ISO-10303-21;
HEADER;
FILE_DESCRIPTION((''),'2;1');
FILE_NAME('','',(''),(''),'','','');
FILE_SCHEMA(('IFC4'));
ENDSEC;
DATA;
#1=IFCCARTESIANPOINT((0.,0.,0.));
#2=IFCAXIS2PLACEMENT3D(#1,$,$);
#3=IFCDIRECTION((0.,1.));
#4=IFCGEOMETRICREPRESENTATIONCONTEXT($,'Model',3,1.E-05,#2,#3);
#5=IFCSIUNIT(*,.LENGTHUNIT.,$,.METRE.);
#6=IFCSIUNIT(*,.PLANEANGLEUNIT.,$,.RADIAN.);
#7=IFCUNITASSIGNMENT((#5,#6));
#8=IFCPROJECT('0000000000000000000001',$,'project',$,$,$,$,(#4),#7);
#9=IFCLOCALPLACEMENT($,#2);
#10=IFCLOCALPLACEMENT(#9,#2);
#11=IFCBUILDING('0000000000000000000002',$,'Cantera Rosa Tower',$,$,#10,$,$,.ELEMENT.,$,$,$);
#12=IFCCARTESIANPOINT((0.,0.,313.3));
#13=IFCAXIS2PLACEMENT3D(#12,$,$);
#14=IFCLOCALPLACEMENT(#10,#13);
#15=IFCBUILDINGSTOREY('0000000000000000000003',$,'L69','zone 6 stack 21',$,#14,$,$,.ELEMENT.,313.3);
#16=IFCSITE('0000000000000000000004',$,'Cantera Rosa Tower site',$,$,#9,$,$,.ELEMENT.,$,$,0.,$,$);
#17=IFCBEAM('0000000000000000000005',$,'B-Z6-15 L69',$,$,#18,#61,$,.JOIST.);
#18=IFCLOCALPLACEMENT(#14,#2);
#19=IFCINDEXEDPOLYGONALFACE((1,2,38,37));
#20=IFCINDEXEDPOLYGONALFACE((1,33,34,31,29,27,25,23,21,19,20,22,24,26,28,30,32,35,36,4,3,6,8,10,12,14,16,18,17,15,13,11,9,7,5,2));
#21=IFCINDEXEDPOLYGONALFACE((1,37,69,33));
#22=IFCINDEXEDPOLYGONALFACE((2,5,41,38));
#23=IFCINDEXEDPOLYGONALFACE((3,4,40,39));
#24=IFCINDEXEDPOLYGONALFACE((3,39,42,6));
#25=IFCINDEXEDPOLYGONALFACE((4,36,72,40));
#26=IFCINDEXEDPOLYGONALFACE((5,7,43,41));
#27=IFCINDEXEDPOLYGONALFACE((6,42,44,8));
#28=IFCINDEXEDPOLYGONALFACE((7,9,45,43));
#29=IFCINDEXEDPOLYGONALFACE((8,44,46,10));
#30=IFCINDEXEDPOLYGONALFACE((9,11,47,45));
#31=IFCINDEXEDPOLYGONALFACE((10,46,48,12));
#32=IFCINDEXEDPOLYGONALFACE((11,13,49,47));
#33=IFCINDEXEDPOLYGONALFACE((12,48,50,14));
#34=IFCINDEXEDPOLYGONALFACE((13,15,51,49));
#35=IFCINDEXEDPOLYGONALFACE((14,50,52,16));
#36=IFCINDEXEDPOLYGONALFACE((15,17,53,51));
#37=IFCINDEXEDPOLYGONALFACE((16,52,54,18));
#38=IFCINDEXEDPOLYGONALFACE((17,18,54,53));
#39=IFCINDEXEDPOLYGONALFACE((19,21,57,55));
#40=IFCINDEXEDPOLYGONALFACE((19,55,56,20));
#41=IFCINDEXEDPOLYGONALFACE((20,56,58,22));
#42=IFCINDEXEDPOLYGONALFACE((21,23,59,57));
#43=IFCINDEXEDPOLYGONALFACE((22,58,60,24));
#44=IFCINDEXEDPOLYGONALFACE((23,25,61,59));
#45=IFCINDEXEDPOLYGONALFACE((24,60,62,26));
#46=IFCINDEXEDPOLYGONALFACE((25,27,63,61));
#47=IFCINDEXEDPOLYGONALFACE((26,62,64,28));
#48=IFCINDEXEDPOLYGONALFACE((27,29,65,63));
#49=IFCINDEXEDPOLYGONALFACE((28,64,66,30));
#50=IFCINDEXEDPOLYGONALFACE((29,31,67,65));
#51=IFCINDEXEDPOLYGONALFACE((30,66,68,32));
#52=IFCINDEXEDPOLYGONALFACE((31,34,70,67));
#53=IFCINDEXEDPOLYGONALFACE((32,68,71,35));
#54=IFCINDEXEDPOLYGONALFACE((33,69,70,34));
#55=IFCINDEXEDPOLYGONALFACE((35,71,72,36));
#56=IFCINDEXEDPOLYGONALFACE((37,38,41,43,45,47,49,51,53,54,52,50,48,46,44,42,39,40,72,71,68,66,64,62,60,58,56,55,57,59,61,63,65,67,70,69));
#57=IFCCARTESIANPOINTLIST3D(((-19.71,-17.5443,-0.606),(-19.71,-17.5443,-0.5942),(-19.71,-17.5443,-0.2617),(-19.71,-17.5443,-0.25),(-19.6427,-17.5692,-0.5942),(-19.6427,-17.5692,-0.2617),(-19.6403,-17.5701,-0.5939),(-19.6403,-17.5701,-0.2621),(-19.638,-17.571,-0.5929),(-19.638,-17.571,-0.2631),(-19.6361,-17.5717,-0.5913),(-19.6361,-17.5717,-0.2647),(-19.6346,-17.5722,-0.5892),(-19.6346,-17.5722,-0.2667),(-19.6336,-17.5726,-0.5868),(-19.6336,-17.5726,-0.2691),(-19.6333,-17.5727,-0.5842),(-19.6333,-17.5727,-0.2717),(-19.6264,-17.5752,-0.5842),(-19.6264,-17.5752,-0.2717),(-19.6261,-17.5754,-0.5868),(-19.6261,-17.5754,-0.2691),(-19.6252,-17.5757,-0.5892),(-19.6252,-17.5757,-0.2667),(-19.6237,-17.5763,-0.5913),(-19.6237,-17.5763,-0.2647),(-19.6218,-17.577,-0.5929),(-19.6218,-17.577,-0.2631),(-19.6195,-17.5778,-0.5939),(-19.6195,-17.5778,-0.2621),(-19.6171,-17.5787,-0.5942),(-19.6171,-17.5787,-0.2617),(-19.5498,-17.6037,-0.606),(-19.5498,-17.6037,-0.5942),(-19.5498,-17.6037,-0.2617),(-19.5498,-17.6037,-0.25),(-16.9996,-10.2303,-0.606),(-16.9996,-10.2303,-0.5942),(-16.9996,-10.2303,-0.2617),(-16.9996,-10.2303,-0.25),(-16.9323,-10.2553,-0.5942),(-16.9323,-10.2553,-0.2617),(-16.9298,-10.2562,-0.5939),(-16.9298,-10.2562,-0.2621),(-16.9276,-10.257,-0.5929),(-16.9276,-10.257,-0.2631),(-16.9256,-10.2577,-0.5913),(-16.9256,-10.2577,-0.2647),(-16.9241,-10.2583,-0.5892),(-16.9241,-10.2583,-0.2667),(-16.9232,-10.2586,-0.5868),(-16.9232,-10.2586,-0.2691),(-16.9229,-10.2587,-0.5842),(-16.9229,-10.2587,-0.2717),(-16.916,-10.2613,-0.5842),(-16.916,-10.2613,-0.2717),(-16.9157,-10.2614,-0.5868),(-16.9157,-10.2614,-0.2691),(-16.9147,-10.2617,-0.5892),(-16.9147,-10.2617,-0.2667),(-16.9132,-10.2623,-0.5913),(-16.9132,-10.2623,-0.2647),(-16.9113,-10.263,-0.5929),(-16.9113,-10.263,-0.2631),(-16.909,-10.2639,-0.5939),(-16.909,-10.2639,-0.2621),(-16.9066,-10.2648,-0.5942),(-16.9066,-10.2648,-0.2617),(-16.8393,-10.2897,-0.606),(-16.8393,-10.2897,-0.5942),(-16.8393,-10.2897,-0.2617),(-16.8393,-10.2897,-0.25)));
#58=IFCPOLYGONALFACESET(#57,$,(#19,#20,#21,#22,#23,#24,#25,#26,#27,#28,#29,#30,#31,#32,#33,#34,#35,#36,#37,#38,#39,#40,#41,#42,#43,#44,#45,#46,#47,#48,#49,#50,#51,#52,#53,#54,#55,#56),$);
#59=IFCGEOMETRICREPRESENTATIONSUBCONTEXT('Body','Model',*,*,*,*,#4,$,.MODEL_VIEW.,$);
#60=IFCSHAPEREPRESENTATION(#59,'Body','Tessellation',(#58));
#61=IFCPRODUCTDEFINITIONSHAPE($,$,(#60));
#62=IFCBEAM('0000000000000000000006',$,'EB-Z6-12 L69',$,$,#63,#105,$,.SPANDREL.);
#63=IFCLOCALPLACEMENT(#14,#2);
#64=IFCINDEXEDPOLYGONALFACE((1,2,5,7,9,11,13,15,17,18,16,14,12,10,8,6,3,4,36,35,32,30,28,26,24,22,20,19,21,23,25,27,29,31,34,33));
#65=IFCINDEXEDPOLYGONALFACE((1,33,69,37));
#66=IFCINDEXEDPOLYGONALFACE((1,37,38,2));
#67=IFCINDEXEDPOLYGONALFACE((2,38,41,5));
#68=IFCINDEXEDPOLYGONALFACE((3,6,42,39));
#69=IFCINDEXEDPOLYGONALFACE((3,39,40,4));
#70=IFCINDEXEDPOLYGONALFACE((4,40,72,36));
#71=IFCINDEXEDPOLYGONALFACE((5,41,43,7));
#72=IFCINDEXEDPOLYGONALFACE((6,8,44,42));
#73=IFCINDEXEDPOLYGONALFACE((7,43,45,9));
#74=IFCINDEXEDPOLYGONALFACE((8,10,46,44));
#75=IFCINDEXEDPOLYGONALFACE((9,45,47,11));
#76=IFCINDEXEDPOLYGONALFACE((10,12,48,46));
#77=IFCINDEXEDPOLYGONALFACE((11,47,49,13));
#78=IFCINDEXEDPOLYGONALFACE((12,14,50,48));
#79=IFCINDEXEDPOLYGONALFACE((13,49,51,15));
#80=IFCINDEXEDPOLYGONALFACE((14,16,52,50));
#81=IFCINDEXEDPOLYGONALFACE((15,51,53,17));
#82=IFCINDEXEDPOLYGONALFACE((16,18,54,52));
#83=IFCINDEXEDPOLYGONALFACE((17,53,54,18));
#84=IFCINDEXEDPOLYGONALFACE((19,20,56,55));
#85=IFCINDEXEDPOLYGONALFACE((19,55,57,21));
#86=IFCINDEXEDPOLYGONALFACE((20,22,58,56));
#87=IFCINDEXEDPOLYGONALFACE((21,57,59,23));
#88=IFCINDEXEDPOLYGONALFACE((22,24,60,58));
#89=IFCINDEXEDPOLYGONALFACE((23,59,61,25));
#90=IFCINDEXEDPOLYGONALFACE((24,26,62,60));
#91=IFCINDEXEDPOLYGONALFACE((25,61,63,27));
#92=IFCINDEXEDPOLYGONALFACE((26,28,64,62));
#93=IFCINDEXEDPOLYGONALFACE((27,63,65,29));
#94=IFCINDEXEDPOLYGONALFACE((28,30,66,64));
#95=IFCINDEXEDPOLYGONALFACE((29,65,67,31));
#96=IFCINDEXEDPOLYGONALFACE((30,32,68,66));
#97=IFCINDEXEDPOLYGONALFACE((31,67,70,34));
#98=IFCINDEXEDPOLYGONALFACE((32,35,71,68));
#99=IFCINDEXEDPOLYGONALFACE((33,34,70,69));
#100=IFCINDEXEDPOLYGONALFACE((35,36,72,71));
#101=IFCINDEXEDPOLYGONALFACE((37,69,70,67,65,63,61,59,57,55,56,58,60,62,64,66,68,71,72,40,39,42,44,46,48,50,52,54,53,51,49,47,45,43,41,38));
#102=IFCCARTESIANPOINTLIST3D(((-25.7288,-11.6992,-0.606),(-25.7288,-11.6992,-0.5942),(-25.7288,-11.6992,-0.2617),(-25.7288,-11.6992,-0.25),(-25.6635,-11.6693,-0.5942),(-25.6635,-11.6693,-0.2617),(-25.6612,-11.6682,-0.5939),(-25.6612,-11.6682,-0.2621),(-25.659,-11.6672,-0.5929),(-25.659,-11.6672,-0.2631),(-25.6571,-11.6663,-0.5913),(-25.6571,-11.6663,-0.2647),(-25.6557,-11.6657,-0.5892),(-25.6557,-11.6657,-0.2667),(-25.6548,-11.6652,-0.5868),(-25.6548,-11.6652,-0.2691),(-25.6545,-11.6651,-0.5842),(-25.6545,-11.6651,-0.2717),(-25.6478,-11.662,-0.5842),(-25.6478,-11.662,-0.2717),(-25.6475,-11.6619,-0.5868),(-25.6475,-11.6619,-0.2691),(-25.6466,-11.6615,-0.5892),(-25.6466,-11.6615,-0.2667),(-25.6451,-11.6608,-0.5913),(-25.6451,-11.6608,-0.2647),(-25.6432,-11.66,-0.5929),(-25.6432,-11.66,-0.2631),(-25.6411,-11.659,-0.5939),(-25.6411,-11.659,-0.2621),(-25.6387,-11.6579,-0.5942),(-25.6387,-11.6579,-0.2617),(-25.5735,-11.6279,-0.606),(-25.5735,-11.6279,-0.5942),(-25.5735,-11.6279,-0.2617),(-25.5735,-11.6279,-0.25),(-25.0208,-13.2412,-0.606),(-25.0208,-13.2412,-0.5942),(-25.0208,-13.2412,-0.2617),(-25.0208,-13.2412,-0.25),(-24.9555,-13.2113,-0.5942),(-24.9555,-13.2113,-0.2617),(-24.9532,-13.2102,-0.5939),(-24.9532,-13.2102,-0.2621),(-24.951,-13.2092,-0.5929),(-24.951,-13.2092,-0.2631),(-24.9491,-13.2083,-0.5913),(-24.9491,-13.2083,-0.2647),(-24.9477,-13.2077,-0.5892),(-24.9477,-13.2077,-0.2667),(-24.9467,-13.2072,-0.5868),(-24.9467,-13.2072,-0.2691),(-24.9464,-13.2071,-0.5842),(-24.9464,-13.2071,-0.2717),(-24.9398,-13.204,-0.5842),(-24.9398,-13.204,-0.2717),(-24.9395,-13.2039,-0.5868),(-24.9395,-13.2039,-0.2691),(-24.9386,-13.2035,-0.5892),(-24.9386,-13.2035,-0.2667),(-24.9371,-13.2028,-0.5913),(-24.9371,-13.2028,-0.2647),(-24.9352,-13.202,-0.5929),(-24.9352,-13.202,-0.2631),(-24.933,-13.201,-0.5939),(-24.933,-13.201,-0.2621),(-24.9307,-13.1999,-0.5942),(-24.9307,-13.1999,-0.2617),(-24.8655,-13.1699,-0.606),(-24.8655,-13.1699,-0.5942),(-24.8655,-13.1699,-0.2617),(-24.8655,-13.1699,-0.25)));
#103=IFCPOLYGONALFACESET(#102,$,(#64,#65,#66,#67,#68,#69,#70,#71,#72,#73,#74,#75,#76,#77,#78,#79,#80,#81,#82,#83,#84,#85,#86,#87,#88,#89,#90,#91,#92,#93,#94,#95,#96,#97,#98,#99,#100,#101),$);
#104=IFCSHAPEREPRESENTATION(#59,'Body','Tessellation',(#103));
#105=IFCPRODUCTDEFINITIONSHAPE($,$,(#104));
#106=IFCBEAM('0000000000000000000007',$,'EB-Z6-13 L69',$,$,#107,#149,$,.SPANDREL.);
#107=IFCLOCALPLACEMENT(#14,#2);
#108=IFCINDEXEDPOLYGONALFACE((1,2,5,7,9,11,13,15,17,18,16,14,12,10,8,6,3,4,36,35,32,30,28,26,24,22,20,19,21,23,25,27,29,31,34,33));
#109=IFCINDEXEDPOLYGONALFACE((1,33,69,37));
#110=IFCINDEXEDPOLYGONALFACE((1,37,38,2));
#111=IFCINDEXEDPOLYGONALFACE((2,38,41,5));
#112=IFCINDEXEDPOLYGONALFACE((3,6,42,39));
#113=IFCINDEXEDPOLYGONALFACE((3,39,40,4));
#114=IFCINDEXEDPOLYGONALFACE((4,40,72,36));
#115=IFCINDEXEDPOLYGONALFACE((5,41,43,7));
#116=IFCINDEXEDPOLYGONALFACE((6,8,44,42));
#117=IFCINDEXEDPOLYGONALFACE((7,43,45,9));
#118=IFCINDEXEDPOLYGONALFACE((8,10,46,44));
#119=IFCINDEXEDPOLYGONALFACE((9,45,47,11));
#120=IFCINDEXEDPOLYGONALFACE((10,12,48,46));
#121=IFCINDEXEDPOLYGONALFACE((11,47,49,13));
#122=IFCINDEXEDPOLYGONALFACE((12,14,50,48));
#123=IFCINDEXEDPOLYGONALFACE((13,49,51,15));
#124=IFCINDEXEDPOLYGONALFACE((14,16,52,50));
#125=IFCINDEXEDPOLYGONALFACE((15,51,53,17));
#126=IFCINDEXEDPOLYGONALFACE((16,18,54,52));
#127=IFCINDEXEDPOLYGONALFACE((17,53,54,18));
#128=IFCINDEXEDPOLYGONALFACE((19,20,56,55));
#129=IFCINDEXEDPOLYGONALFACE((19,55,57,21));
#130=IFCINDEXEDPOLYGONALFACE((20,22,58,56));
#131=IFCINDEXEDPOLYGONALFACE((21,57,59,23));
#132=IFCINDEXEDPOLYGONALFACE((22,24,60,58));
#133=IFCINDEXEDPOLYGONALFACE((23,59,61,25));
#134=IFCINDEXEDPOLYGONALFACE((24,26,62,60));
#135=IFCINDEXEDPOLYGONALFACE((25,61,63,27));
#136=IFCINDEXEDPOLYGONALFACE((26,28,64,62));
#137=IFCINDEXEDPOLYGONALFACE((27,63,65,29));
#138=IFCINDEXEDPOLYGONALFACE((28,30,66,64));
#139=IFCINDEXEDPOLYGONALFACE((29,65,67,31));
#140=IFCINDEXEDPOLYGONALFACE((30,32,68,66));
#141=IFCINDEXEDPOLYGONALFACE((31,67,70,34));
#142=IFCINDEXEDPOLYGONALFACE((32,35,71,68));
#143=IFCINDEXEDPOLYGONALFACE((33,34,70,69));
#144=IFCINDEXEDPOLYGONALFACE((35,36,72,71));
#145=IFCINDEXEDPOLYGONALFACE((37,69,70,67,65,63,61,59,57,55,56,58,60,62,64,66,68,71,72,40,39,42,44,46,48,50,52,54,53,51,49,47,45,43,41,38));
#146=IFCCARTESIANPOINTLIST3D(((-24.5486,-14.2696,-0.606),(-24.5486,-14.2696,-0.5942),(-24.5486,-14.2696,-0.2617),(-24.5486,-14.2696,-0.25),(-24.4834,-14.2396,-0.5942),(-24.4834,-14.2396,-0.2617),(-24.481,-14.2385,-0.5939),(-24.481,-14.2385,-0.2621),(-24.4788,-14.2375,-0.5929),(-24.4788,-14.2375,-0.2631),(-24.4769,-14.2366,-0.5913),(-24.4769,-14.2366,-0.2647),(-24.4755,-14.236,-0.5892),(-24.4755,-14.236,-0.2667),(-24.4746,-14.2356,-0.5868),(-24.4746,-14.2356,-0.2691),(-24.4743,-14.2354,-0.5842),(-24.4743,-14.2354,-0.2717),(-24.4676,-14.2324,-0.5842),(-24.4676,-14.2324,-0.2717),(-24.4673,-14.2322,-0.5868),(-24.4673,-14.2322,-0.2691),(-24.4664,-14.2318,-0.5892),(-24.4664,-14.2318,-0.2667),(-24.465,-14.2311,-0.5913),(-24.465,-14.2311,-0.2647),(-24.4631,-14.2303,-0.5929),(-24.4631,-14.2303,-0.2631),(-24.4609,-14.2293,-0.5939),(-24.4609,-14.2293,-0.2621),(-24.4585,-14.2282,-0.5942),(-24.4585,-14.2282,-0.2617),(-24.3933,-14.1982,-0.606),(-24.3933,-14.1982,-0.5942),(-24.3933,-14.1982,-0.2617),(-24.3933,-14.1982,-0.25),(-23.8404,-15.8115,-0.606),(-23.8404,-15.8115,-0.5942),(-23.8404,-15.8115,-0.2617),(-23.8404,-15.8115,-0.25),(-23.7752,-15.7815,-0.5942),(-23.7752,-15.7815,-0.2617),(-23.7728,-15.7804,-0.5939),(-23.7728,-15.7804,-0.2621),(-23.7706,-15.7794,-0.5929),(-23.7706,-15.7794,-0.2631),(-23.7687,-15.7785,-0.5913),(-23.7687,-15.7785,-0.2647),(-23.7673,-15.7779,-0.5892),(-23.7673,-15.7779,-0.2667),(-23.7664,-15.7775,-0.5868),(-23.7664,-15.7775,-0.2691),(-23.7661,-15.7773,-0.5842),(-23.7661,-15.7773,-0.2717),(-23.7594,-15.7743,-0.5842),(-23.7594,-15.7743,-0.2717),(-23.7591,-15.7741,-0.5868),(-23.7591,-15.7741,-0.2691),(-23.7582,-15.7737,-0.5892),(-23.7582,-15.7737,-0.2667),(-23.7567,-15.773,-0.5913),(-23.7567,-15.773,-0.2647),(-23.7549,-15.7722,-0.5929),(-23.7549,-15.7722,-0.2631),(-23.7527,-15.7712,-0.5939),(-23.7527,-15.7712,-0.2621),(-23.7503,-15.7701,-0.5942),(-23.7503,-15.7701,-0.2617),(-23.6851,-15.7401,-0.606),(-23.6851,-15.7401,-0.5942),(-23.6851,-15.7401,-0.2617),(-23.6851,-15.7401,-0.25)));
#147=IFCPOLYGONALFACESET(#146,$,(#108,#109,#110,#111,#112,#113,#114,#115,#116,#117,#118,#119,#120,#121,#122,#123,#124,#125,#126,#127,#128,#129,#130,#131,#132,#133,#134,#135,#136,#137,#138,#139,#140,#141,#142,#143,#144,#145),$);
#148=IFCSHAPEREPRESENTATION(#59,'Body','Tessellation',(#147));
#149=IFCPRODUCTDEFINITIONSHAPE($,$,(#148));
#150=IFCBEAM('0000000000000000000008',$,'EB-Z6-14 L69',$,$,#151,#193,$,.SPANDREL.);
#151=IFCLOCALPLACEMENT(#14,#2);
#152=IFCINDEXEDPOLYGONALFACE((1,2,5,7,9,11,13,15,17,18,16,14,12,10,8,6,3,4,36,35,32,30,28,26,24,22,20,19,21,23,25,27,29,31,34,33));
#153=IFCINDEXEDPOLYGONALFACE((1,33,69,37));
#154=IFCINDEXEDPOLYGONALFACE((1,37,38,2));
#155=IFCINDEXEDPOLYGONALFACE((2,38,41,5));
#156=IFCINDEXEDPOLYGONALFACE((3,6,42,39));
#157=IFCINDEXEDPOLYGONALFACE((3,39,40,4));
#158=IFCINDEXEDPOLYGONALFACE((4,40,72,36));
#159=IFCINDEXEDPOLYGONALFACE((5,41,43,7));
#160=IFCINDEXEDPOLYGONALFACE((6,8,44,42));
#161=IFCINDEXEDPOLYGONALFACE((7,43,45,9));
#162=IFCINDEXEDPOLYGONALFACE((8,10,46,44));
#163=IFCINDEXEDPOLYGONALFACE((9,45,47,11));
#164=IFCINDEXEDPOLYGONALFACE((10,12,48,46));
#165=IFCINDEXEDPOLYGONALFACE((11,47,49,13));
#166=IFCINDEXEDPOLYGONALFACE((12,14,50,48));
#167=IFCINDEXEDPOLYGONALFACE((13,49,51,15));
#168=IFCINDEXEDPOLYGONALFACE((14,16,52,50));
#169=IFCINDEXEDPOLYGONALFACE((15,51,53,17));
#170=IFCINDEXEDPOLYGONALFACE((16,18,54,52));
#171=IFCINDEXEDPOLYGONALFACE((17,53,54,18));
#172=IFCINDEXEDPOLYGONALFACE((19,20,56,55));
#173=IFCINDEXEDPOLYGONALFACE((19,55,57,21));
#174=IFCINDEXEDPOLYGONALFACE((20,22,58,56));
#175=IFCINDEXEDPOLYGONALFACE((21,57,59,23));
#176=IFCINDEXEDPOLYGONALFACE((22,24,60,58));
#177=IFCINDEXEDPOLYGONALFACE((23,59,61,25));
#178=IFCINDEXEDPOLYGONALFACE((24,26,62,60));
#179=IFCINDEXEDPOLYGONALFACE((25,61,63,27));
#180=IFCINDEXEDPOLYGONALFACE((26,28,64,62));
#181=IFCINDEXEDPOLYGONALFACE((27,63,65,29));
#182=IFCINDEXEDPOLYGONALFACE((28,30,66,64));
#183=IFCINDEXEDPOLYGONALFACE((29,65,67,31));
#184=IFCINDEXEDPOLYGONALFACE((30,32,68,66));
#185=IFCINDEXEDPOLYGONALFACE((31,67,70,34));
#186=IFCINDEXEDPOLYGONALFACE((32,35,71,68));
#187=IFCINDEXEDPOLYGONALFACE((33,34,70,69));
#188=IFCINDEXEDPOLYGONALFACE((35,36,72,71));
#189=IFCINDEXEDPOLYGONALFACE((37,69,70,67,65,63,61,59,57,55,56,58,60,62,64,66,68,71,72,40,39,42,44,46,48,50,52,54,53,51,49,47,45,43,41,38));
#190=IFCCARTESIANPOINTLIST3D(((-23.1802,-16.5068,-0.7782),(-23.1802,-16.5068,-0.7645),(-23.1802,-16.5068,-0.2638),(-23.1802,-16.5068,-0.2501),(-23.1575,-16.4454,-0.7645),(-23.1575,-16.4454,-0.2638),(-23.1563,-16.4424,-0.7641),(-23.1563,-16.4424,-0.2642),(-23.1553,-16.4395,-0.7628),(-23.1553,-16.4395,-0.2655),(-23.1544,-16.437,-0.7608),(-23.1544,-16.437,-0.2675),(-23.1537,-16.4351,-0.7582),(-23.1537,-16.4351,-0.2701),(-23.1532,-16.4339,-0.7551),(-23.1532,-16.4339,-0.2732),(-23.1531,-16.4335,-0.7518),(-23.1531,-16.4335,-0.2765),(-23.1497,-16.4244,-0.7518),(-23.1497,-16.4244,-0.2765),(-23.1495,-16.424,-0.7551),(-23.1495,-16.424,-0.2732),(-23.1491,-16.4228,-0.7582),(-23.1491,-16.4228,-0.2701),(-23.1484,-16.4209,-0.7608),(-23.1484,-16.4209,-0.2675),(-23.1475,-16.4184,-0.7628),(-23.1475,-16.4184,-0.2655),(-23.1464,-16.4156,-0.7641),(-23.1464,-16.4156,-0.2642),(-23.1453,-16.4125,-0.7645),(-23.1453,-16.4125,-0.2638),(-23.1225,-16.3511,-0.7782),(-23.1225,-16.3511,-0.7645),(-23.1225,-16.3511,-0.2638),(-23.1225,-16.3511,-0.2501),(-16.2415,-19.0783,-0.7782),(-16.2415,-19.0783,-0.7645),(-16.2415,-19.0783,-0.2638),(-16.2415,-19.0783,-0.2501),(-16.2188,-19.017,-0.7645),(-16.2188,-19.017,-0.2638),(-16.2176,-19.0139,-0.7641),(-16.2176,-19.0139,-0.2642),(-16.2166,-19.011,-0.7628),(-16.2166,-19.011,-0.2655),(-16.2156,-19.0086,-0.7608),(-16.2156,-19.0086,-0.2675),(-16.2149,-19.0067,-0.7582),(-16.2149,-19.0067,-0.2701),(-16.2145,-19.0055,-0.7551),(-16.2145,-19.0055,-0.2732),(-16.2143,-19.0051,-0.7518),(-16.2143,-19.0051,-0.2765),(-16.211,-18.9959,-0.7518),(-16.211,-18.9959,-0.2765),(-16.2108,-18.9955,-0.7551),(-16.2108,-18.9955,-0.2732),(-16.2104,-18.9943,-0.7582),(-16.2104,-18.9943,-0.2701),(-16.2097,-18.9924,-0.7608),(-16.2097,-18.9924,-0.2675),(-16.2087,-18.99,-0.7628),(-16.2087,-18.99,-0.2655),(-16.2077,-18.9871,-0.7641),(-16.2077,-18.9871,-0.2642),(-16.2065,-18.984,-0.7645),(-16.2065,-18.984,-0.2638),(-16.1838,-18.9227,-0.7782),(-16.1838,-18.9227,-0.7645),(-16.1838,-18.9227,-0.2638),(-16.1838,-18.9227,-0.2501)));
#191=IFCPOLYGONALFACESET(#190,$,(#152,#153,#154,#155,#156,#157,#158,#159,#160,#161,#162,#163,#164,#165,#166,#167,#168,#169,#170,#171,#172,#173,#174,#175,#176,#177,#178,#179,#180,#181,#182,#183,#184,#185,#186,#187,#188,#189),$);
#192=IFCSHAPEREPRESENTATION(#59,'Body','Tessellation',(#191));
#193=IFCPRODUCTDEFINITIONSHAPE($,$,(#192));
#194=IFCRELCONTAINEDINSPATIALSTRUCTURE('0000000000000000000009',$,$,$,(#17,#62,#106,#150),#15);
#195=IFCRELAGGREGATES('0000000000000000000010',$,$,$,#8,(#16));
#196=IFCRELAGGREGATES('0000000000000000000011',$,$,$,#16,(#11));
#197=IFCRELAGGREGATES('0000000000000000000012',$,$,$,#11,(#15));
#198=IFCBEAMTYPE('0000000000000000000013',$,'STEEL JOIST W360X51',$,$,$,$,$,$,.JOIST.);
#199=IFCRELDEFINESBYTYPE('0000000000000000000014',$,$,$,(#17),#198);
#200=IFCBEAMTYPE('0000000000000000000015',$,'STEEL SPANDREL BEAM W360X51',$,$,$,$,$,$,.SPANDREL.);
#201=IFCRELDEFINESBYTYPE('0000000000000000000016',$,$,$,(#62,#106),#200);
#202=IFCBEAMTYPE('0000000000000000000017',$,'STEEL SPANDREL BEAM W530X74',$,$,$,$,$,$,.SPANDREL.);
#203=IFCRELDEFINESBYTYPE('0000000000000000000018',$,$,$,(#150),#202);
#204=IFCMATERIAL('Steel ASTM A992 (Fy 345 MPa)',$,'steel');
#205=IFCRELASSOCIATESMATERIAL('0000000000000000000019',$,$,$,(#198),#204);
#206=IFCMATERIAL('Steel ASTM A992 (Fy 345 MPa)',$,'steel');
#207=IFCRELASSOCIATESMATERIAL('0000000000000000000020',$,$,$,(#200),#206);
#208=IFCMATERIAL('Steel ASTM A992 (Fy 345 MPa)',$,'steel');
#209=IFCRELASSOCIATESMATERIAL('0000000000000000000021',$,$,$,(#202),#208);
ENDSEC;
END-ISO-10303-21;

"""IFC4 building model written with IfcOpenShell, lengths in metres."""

from ifc_helpers import new_model, si_unit, direction, frame, origin, origin_2d, place, context, subcontext, project, spatial, i_section, extrude, material, material_profile, profile_set, type_object, element, save


model = new_model("IFC4")

# Units and contexts
model_context = context("Model", 3, precision=1e-05, world=origin(), true_north=direction((0.0, 1.0)))
body_context = subcontext(model_context, "Body", "Model", "MODEL_VIEW")
ifc_project = project(units=[si_unit("LENGTHUNIT", "METRE"), si_unit("PLANEANGLEUNIT", "RADIAN")], contexts=[model_context])

# Site, building, storey
site_placement = place(None, origin())
site = spatial("IfcSite", under=ifc_project, at=site_placement, Name="Cantera Rosa Tower site", CompositionType="ELEMENT", RefElevation=0.0)
building_placement = place(site_placement, origin())
building = spatial("IfcBuilding", under=site, at=building_placement, Name="Cantera Rosa Tower", CompositionType="ELEMENT")
storey_placement = place(building_placement, frame((0.0, 0.0, 313.3)))
storey = spatial("IfcBuildingStorey", under=building, at=storey_placement, Name="L69", Description="zone 6 stack 21", CompositionType="ELEMENT", Elevation=313.3)

# Beams
ifc_material_1 = material(Name="Steel ASTM A992 (Fy 345 MPa)", Category="steel")
ifc_material_profile_1 = material_profile(ifc_material_1, i_section(OverallWidth=0.1709, OverallDepth=0.356, WebThickness=0.0073, FlangeThickness=0.0117, FilletRadius=0.01, at=origin_2d()), Name="W360X51")
ifc_profile_set_1 = profile_set([ifc_material_profile_1], Name="Steel ASTM A992 (Fy 345 MPa)")
beam_type_1 = type_object("IfcBeamType", Name="STEEL JOIST W360X51", PredefinedType="JOIST", material=ifc_profile_set_1)
beam_1_placement = place(storey_placement, frame((-19.6299, -17.574, -0.428), z_axis=(0.347492, 0.937683, 0.0), x_axis=(-0.937683, 0.347492, 0.0)))
element("IfcBeam", 1, at=beam_1_placement, inside=storey, type_object=beam_type_1, Name="B-Z6-15 L69", PredefinedType="JOIST", context=body_context, shape_type="SweptSolid", body=[
    extrude(i_section(OverallWidth=0.1709, OverallDepth=0.356, WebThickness=0.0073, FlangeThickness=0.0117, FilletRadius=0.01, at=origin_2d()), origin(), (0.0, 0.0, 1.0), 7.8),
])
ifc_material_2 = material(Name="Steel ASTM A992 (Fy 345 MPa)", Category="steel")
ifc_material_profile_2 = material_profile(ifc_material_2, i_section(OverallWidth=0.1709, OverallDepth=0.356, WebThickness=0.0073, FlangeThickness=0.0117, FilletRadius=0.01, at=origin_2d()), Name="W360X51")
ifc_profile_set_2 = profile_set([ifc_material_profile_2], Name="Steel ASTM A992 (Fy 345 MPa)")
beam_type_2 = type_object("IfcBeamType", Name="STEEL SPANDREL BEAM W360X51", PredefinedType="SPANDREL", material=ifc_profile_set_2)
for number, where, z_axis, x_axis, name in (
    (2, (-25.6511, -11.6636, -0.428), (0.417269, -0.908783, 0.0), (0.908783, 0.417269, 0.0), "EB-Z6-12 L69"),
    (3, (-24.4709, -14.2339, -0.428), (0.417388, -0.908728, 0.0), (0.908728, 0.417388, 0.0), "EB-Z6-13 L69"),
):
    element("IfcBeam", number, at=place(storey_placement, frame(where, z_axis=z_axis, x_axis=x_axis)), inside=storey, type_object=beam_type_2, Name=name, PredefinedType="SPANDREL", context=body_context, shape_type="SweptSolid", body=[
        extrude(i_section(OverallWidth=0.1709, OverallDepth=0.356, WebThickness=0.0073, FlangeThickness=0.0117, FilletRadius=0.01, at=origin_2d()), origin(), (0.0, 0.0, 1.0), 1.6968),
    ])
ifc_material_3 = material(Name="Steel ASTM A992 (Fy 345 MPa)", Category="steel")
ifc_material_profile_3 = material_profile(ifc_material_3, i_section(OverallWidth=0.166, OverallDepth=0.5281, WebThickness=0.0098, FlangeThickness=0.0137, FilletRadius=0.0127, at=origin_2d()), Name="W530X74")
ifc_profile_set_3 = profile_set([ifc_material_profile_3], Name="Steel ASTM A992 (Fy 345 MPa)")
beam_type_3 = type_object("IfcBeamType", Name="STEEL SPANDREL BEAM W530X74", PredefinedType="SPANDREL", material=ifc_profile_set_3)
beam_2_placement = place(storey_placement, frame((-23.1514, -16.429, -0.5142), z_axis=(0.937677, -0.347509, 0.0), x_axis=(0.347509, 0.937677, 0.0)))
element("IfcBeam", 4, at=beam_2_placement, inside=storey, type_object=beam_type_3, Name="EB-Z6-14 L69", PredefinedType="SPANDREL", context=body_context, shape_type="SweptSolid", body=[
    extrude(i_section(OverallWidth=0.166, OverallDepth=0.5281, WebThickness=0.0098, FlangeThickness=0.0137, FilletRadius=0.0127, at=origin_2d()), origin(), (0.0, 0.0, 1.0), 7.3999),
])

save(model, "model.ifc")
